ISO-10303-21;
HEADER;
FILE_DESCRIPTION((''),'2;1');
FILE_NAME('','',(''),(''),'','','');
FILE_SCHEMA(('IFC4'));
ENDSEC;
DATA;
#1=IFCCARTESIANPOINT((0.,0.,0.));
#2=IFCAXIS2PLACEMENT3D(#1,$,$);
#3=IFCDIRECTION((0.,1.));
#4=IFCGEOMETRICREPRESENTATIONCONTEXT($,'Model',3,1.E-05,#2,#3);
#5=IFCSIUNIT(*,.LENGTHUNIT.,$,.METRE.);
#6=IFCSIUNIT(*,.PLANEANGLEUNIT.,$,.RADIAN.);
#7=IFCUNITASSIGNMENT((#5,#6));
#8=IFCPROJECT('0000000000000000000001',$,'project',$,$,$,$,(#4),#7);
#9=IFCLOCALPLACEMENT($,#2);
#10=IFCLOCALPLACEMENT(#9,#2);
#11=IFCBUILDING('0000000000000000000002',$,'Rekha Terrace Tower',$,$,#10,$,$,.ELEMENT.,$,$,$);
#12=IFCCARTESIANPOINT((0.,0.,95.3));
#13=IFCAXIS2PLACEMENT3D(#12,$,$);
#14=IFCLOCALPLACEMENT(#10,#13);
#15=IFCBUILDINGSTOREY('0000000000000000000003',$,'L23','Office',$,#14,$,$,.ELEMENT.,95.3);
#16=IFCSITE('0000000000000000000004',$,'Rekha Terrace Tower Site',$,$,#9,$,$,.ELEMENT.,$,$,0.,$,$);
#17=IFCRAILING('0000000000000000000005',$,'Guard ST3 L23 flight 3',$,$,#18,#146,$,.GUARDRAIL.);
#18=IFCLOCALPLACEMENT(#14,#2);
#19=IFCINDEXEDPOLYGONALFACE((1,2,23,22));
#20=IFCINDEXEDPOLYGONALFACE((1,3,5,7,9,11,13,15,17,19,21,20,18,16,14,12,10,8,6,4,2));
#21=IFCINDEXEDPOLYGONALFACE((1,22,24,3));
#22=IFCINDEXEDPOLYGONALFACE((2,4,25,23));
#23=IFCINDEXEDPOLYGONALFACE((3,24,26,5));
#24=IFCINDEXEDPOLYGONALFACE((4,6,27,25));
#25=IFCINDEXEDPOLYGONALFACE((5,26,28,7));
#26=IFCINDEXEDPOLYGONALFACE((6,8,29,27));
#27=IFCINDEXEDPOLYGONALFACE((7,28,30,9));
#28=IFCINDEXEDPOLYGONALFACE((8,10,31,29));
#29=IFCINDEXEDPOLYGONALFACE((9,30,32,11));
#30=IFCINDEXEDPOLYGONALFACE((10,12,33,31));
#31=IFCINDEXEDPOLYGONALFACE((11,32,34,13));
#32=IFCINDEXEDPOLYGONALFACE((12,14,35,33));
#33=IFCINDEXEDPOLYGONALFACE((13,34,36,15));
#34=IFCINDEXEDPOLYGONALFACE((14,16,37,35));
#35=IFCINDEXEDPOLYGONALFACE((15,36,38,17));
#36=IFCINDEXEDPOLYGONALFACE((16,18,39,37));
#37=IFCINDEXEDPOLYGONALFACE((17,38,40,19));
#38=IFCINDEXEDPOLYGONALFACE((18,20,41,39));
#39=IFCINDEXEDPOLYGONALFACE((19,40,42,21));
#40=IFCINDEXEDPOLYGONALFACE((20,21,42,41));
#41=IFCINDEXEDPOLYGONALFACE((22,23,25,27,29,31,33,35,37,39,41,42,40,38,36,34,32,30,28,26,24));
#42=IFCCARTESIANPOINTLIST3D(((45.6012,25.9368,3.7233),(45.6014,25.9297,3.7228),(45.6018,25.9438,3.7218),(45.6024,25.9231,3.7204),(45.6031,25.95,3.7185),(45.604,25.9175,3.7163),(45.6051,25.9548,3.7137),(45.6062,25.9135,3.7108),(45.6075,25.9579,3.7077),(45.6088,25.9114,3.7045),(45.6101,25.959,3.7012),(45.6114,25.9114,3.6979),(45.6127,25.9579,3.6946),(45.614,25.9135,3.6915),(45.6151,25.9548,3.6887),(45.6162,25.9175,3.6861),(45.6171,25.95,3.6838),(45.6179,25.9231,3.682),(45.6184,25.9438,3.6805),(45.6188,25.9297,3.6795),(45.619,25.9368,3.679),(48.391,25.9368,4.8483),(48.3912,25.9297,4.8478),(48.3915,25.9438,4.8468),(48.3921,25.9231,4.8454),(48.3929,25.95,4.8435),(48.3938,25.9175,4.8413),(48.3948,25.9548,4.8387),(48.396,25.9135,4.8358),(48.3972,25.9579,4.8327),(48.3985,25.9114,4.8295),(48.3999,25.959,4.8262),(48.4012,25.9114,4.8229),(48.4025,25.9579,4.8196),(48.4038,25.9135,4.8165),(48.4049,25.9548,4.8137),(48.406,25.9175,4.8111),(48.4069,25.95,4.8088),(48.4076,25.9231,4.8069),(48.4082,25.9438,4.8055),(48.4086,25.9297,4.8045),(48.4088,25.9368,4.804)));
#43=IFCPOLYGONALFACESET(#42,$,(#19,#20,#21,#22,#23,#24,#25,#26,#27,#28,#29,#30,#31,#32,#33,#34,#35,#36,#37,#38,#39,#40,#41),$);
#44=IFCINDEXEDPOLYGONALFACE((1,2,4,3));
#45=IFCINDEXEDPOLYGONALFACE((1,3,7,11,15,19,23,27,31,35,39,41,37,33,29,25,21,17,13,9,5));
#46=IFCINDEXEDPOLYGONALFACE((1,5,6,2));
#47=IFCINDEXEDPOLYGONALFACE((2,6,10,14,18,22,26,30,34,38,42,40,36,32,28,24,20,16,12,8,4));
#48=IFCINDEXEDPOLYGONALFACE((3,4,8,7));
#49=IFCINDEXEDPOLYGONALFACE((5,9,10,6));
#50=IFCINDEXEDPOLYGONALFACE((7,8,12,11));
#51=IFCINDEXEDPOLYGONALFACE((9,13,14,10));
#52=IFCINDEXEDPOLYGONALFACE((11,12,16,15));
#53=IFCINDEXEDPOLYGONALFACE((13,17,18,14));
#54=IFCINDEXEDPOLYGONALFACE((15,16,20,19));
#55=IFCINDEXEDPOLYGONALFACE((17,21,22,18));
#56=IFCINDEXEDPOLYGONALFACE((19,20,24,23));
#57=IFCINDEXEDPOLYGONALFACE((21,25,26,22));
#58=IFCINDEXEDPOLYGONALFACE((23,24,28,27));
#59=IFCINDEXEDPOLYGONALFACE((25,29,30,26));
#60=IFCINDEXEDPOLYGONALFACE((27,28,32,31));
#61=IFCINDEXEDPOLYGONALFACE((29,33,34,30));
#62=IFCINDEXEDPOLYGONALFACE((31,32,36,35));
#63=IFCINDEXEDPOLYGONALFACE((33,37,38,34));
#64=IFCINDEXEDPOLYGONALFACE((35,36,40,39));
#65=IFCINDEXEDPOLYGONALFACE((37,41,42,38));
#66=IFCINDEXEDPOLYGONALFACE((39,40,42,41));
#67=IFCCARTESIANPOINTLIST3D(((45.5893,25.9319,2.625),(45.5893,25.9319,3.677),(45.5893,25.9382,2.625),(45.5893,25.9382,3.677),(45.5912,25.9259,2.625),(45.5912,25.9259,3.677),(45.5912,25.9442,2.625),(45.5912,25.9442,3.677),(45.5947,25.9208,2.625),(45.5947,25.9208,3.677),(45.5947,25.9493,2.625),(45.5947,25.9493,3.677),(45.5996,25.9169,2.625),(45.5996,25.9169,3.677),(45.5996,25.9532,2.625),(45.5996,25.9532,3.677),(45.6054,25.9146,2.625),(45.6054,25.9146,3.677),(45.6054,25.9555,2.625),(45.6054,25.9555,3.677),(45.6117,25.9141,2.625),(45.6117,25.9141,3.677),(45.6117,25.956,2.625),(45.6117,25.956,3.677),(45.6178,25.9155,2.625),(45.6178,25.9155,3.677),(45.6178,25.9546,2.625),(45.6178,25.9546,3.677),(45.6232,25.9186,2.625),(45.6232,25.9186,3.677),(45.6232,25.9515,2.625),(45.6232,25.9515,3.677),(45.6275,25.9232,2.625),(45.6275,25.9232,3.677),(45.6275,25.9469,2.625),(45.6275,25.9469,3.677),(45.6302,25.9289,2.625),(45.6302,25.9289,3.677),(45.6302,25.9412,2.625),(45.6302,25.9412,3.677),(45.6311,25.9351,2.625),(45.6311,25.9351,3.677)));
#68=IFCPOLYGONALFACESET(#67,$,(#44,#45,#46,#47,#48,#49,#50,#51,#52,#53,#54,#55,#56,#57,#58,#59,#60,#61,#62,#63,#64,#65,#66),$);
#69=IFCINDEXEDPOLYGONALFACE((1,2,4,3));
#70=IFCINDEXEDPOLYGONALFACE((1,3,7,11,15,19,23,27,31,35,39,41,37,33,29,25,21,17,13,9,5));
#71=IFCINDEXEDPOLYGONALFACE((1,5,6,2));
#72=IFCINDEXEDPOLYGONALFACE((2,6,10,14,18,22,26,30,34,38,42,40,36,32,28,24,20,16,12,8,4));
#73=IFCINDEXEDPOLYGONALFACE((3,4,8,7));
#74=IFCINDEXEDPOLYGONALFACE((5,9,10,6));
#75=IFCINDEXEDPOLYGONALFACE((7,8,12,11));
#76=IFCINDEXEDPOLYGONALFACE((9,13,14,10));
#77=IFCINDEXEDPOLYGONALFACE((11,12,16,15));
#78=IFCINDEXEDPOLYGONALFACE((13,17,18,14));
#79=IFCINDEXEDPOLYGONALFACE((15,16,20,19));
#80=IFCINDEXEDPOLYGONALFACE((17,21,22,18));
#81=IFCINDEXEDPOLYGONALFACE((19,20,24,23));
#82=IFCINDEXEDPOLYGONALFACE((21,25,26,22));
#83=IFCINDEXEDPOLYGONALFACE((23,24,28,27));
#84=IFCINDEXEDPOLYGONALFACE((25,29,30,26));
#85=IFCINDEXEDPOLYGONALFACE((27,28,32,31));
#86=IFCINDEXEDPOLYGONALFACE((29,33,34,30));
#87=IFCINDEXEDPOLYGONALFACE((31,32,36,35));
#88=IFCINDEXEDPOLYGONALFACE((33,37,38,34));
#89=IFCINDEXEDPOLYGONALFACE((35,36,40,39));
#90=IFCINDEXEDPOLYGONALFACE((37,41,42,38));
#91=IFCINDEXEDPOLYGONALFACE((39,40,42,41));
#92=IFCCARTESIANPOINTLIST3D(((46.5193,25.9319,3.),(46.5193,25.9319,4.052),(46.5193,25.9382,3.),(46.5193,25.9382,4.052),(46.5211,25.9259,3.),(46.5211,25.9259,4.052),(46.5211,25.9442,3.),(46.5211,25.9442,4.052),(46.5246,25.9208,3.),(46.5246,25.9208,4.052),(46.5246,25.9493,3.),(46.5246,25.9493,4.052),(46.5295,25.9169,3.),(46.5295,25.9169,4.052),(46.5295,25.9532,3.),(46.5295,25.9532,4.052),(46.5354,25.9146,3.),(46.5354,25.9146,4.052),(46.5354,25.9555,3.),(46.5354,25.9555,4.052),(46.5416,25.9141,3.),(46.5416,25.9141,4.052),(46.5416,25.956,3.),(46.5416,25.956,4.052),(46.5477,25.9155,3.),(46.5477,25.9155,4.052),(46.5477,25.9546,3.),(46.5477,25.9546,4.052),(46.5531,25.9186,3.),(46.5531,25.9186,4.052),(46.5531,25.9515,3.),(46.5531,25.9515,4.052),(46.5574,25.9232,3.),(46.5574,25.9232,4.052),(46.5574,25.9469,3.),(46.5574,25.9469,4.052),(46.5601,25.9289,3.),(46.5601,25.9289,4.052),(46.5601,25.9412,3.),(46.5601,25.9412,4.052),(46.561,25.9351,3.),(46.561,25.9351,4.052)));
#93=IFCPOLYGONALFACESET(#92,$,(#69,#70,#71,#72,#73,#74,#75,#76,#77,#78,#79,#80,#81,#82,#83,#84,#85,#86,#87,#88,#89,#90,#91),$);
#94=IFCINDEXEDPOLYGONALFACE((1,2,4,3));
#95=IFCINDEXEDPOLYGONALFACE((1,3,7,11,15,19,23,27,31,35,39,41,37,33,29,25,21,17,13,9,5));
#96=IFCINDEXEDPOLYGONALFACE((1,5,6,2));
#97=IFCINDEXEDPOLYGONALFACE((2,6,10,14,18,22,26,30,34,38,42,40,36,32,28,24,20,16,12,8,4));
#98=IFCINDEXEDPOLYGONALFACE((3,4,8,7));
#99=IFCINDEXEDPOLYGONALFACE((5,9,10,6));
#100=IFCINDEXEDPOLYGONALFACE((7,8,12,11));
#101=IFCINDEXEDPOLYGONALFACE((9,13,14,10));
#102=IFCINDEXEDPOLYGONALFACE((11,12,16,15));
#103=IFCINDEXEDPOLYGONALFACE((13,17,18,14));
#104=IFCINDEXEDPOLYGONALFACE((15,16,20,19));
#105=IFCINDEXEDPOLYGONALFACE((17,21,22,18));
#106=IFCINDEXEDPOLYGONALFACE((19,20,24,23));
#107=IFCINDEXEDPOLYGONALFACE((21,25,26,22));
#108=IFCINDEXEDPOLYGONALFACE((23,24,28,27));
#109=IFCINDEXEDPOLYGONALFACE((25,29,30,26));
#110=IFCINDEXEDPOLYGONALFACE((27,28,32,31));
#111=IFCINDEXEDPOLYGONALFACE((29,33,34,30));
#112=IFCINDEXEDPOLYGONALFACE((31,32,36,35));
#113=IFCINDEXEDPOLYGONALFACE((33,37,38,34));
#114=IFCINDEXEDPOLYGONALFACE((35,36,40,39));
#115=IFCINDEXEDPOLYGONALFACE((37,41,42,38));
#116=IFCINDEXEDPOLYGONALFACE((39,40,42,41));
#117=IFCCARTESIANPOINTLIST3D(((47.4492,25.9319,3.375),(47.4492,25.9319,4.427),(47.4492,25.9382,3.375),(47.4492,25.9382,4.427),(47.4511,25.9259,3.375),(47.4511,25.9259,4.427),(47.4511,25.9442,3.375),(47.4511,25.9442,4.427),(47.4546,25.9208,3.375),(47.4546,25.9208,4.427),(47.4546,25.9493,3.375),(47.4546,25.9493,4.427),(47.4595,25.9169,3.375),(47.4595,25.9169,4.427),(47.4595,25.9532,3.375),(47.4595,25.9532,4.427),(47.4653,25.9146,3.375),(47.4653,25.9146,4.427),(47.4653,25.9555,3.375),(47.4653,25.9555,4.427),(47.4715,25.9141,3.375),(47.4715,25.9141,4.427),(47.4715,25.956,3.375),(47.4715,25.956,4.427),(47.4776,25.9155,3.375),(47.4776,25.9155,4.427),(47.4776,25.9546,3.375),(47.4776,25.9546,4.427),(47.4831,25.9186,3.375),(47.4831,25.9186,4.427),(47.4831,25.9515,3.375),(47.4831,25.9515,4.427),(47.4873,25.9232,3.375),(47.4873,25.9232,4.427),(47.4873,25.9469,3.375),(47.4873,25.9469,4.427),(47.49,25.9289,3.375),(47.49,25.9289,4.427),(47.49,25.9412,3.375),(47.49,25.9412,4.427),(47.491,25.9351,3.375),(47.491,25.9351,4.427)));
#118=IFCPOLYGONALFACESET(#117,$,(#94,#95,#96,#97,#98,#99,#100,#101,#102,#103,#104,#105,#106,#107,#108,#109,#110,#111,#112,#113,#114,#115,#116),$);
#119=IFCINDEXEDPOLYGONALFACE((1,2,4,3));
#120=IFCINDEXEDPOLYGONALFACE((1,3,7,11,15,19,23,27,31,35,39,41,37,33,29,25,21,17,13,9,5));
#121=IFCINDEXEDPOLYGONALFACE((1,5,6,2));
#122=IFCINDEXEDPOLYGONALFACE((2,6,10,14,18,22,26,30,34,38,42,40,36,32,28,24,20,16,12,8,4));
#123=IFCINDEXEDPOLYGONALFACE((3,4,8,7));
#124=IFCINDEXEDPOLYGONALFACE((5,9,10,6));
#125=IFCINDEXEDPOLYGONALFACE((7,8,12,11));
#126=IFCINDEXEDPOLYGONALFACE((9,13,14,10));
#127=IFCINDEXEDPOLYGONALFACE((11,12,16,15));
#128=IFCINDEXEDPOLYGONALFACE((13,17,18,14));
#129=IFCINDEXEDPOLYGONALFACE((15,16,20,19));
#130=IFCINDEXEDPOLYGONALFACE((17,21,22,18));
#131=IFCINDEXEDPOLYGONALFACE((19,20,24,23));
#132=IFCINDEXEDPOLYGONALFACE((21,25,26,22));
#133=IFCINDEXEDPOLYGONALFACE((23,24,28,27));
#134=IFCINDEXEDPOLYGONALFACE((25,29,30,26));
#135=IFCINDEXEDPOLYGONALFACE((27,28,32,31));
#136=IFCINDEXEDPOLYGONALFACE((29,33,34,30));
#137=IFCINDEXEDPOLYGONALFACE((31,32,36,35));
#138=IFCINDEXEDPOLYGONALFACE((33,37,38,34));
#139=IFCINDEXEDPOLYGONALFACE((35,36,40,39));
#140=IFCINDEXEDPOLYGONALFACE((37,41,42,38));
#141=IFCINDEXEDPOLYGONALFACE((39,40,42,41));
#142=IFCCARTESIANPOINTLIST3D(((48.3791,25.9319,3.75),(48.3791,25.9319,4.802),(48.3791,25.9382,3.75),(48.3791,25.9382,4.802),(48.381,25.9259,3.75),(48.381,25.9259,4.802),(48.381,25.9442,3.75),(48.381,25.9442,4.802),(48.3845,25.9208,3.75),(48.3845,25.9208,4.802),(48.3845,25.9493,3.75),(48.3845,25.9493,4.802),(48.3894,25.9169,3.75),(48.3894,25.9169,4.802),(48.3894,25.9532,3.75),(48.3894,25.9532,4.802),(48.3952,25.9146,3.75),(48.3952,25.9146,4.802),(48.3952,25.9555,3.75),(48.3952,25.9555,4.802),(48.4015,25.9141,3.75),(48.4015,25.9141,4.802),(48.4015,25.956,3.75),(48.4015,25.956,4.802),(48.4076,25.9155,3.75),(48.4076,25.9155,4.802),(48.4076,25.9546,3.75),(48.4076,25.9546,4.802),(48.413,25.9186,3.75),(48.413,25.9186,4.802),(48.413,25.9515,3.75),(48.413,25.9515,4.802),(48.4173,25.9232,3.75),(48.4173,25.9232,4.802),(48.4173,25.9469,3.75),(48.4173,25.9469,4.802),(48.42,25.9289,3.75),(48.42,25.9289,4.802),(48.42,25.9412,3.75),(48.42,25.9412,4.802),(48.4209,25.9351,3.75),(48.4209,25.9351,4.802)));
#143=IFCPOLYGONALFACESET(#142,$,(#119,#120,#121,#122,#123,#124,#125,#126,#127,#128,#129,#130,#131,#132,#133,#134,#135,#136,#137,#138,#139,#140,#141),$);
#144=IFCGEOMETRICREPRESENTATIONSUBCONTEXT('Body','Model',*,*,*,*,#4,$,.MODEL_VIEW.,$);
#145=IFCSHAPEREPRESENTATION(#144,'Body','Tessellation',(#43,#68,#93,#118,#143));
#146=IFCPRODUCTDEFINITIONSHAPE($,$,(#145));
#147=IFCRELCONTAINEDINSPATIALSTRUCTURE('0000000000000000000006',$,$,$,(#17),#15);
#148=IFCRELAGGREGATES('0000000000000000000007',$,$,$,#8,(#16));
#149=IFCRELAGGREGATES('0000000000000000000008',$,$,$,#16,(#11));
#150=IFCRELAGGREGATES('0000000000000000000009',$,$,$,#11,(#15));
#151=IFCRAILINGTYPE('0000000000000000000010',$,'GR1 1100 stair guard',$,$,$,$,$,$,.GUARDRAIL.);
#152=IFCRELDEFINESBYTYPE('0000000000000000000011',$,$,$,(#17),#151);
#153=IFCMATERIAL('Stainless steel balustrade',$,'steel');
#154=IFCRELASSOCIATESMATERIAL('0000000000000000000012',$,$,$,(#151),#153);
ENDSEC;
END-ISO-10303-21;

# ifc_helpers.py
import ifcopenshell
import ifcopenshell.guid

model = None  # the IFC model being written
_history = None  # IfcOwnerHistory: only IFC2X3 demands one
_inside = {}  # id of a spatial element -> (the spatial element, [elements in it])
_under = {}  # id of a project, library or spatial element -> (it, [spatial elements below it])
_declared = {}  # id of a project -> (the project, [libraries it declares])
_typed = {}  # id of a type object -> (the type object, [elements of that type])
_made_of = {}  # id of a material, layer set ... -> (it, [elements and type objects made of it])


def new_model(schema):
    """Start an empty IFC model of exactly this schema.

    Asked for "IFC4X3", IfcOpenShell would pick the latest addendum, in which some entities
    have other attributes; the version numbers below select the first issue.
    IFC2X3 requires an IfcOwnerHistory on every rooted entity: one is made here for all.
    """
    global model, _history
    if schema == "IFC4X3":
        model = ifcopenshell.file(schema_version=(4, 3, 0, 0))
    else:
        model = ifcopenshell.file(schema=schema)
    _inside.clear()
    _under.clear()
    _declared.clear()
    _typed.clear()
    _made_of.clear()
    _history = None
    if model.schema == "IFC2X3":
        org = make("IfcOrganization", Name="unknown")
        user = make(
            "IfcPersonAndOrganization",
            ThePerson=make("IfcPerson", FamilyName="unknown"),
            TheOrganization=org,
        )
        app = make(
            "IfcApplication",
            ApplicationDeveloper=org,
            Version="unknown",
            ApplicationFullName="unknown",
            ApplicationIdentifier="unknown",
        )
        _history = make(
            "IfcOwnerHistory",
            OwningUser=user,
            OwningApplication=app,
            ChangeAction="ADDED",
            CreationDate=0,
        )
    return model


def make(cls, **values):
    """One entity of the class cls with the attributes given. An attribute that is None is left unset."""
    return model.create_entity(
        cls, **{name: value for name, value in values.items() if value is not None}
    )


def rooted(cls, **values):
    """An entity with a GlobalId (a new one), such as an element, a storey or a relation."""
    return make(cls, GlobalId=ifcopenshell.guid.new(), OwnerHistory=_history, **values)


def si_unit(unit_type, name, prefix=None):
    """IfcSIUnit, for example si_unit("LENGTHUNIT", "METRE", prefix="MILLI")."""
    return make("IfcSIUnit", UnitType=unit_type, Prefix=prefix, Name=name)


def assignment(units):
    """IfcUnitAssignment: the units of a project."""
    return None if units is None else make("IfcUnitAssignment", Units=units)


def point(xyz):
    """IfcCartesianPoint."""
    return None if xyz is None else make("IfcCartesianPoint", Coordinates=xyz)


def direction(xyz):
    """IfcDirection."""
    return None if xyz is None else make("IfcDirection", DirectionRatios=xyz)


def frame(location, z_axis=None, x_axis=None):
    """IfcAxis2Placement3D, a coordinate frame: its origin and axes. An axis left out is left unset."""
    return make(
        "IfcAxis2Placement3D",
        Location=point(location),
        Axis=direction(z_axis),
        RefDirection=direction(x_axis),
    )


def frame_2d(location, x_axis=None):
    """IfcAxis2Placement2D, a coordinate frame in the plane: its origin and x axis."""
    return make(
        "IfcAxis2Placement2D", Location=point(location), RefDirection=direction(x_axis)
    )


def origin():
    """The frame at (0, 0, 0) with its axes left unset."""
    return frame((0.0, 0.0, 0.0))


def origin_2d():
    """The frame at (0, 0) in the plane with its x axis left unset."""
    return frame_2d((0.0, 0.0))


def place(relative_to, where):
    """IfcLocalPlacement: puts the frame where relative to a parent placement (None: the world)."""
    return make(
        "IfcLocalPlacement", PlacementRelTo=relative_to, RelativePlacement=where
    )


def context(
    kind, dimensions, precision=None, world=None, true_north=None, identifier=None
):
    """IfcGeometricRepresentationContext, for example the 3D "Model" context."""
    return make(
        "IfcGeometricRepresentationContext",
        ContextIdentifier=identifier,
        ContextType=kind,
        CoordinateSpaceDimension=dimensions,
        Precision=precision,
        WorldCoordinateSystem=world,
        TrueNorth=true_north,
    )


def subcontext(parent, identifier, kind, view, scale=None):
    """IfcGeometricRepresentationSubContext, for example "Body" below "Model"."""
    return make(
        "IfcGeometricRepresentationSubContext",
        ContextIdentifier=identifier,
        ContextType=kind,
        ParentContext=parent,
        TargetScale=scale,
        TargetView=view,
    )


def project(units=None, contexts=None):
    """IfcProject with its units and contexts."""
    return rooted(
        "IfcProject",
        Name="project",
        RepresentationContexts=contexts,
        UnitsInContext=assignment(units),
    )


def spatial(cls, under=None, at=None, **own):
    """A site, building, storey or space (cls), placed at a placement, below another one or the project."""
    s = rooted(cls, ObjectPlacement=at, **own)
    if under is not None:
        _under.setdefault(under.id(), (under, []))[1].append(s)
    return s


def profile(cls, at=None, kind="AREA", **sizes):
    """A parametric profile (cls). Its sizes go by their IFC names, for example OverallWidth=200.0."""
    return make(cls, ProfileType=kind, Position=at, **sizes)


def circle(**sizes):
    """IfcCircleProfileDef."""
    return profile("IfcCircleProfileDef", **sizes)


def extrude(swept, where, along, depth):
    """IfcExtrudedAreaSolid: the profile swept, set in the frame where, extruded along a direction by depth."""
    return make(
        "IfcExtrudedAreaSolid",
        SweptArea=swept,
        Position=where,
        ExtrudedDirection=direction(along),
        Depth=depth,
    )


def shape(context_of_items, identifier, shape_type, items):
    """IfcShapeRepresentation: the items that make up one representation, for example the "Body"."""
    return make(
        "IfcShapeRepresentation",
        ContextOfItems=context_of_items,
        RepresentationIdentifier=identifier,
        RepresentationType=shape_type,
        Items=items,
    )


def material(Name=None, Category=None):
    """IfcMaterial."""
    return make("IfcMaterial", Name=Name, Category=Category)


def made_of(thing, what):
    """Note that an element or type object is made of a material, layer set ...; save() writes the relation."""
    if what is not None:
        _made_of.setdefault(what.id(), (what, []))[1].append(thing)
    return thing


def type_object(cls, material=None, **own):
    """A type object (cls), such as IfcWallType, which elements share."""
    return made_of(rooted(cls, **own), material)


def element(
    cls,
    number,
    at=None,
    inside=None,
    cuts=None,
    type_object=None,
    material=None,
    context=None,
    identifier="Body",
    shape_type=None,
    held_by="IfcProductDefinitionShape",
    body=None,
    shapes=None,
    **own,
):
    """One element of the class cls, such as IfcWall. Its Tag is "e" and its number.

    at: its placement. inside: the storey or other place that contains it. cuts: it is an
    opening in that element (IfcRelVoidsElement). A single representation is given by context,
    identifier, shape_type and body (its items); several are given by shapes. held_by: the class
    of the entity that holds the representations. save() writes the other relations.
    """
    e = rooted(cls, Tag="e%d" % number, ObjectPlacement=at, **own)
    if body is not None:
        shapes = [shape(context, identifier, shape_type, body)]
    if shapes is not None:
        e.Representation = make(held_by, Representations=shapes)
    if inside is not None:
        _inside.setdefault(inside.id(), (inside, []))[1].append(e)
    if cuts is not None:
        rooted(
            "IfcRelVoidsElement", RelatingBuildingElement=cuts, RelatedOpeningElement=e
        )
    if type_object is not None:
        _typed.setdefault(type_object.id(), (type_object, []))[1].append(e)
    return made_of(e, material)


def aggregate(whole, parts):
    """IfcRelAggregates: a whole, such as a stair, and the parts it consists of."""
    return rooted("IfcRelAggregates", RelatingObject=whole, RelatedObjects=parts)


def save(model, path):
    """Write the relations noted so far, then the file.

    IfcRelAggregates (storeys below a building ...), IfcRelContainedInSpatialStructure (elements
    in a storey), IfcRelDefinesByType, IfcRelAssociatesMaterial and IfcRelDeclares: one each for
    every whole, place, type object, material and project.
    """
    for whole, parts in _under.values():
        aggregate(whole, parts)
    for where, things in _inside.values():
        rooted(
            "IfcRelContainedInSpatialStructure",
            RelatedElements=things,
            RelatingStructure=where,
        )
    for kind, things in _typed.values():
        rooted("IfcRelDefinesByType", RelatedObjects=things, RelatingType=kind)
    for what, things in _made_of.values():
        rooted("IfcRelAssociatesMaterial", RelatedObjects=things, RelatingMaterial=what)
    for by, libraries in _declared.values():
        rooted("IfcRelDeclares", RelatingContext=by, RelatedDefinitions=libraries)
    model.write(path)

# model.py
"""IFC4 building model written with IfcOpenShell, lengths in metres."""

from ifc_helpers import new_model, si_unit, direction, frame, origin, origin_2d, place, context, subcontext, project, spatial, circle, extrude, material, type_object, element, save


model = new_model("IFC4")

# Units and contexts
model_context = context("Model", 3, precision=1e-05, world=origin(), true_north=direction((0.0, 1.0)))
body_context = subcontext(model_context, "Body", "Model", "MODEL_VIEW")
ifc_project = project(units=[si_unit("LENGTHUNIT", "METRE"), si_unit("PLANEANGLEUNIT", "RADIAN")], contexts=[model_context])

# Site, building, storey
site_placement = place(None, origin())
site = spatial("IfcSite", under=ifc_project, at=site_placement, Name="Rekha Terrace Tower Site", CompositionType="ELEMENT", RefElevation=0.0)
building_placement = place(site_placement, origin())
building = spatial("IfcBuilding", under=site, at=building_placement, Name="Rekha Terrace Tower", CompositionType="ELEMENT")
storey_placement = place(building_placement, frame((0.0, 0.0, 95.3)))
storey = spatial("IfcBuildingStorey", under=building, at=storey_placement, Name="L23", Description="Office", CompositionType="ELEMENT", Elevation=95.3)

# Railing
ifc_material_1 = material(Name="Stainless steel balustrade", Category="steel")
railing_type_1 = type_object("IfcRailingType", Name="GR1 1100 stair guard", PredefinedType="GUARDRAIL", material=ifc_material_1)
railing_1_placement = place(storey_placement, frame((45.6101, 25.9351, 2.625)))
element("IfcRailing", 1, at=railing_1_placement, inside=storey, type_object=railing_type_1, Name="Guard ST3 L23 flight 3", PredefinedType="GUARDRAIL", context=body_context, shape_type="SweptSolid", body=[
    extrude(circle(Radius=0.0239, at=origin_2d()), frame((0.0, 0.0, 1.0762), z_axis=(0.927432, 0.0, 0.373992), x_axis=(0.0, 1.0, 0.0)), (0.0, 0.0, 1.0), 3.0081),
    extrude(circle(Radius=0.021, at=origin_2d()), origin(), (0.0, 0.0, 1.0), 1.052),
    extrude(circle(Radius=0.021, at=origin_2d()), frame((0.9299, 0.0, 0.375)), (0.0, 0.0, 1.0), 1.052),
    extrude(circle(Radius=0.021, at=origin_2d()), frame((1.8599, 0.0, 0.75)), (0.0, 0.0, 1.0), 1.052),
    extrude(circle(Radius=0.021, at=origin_2d()), frame((2.7898, 0.0, 1.125)), (0.0, 0.0, 1.0), 1.052),
])

save(model, "model.ifc")
